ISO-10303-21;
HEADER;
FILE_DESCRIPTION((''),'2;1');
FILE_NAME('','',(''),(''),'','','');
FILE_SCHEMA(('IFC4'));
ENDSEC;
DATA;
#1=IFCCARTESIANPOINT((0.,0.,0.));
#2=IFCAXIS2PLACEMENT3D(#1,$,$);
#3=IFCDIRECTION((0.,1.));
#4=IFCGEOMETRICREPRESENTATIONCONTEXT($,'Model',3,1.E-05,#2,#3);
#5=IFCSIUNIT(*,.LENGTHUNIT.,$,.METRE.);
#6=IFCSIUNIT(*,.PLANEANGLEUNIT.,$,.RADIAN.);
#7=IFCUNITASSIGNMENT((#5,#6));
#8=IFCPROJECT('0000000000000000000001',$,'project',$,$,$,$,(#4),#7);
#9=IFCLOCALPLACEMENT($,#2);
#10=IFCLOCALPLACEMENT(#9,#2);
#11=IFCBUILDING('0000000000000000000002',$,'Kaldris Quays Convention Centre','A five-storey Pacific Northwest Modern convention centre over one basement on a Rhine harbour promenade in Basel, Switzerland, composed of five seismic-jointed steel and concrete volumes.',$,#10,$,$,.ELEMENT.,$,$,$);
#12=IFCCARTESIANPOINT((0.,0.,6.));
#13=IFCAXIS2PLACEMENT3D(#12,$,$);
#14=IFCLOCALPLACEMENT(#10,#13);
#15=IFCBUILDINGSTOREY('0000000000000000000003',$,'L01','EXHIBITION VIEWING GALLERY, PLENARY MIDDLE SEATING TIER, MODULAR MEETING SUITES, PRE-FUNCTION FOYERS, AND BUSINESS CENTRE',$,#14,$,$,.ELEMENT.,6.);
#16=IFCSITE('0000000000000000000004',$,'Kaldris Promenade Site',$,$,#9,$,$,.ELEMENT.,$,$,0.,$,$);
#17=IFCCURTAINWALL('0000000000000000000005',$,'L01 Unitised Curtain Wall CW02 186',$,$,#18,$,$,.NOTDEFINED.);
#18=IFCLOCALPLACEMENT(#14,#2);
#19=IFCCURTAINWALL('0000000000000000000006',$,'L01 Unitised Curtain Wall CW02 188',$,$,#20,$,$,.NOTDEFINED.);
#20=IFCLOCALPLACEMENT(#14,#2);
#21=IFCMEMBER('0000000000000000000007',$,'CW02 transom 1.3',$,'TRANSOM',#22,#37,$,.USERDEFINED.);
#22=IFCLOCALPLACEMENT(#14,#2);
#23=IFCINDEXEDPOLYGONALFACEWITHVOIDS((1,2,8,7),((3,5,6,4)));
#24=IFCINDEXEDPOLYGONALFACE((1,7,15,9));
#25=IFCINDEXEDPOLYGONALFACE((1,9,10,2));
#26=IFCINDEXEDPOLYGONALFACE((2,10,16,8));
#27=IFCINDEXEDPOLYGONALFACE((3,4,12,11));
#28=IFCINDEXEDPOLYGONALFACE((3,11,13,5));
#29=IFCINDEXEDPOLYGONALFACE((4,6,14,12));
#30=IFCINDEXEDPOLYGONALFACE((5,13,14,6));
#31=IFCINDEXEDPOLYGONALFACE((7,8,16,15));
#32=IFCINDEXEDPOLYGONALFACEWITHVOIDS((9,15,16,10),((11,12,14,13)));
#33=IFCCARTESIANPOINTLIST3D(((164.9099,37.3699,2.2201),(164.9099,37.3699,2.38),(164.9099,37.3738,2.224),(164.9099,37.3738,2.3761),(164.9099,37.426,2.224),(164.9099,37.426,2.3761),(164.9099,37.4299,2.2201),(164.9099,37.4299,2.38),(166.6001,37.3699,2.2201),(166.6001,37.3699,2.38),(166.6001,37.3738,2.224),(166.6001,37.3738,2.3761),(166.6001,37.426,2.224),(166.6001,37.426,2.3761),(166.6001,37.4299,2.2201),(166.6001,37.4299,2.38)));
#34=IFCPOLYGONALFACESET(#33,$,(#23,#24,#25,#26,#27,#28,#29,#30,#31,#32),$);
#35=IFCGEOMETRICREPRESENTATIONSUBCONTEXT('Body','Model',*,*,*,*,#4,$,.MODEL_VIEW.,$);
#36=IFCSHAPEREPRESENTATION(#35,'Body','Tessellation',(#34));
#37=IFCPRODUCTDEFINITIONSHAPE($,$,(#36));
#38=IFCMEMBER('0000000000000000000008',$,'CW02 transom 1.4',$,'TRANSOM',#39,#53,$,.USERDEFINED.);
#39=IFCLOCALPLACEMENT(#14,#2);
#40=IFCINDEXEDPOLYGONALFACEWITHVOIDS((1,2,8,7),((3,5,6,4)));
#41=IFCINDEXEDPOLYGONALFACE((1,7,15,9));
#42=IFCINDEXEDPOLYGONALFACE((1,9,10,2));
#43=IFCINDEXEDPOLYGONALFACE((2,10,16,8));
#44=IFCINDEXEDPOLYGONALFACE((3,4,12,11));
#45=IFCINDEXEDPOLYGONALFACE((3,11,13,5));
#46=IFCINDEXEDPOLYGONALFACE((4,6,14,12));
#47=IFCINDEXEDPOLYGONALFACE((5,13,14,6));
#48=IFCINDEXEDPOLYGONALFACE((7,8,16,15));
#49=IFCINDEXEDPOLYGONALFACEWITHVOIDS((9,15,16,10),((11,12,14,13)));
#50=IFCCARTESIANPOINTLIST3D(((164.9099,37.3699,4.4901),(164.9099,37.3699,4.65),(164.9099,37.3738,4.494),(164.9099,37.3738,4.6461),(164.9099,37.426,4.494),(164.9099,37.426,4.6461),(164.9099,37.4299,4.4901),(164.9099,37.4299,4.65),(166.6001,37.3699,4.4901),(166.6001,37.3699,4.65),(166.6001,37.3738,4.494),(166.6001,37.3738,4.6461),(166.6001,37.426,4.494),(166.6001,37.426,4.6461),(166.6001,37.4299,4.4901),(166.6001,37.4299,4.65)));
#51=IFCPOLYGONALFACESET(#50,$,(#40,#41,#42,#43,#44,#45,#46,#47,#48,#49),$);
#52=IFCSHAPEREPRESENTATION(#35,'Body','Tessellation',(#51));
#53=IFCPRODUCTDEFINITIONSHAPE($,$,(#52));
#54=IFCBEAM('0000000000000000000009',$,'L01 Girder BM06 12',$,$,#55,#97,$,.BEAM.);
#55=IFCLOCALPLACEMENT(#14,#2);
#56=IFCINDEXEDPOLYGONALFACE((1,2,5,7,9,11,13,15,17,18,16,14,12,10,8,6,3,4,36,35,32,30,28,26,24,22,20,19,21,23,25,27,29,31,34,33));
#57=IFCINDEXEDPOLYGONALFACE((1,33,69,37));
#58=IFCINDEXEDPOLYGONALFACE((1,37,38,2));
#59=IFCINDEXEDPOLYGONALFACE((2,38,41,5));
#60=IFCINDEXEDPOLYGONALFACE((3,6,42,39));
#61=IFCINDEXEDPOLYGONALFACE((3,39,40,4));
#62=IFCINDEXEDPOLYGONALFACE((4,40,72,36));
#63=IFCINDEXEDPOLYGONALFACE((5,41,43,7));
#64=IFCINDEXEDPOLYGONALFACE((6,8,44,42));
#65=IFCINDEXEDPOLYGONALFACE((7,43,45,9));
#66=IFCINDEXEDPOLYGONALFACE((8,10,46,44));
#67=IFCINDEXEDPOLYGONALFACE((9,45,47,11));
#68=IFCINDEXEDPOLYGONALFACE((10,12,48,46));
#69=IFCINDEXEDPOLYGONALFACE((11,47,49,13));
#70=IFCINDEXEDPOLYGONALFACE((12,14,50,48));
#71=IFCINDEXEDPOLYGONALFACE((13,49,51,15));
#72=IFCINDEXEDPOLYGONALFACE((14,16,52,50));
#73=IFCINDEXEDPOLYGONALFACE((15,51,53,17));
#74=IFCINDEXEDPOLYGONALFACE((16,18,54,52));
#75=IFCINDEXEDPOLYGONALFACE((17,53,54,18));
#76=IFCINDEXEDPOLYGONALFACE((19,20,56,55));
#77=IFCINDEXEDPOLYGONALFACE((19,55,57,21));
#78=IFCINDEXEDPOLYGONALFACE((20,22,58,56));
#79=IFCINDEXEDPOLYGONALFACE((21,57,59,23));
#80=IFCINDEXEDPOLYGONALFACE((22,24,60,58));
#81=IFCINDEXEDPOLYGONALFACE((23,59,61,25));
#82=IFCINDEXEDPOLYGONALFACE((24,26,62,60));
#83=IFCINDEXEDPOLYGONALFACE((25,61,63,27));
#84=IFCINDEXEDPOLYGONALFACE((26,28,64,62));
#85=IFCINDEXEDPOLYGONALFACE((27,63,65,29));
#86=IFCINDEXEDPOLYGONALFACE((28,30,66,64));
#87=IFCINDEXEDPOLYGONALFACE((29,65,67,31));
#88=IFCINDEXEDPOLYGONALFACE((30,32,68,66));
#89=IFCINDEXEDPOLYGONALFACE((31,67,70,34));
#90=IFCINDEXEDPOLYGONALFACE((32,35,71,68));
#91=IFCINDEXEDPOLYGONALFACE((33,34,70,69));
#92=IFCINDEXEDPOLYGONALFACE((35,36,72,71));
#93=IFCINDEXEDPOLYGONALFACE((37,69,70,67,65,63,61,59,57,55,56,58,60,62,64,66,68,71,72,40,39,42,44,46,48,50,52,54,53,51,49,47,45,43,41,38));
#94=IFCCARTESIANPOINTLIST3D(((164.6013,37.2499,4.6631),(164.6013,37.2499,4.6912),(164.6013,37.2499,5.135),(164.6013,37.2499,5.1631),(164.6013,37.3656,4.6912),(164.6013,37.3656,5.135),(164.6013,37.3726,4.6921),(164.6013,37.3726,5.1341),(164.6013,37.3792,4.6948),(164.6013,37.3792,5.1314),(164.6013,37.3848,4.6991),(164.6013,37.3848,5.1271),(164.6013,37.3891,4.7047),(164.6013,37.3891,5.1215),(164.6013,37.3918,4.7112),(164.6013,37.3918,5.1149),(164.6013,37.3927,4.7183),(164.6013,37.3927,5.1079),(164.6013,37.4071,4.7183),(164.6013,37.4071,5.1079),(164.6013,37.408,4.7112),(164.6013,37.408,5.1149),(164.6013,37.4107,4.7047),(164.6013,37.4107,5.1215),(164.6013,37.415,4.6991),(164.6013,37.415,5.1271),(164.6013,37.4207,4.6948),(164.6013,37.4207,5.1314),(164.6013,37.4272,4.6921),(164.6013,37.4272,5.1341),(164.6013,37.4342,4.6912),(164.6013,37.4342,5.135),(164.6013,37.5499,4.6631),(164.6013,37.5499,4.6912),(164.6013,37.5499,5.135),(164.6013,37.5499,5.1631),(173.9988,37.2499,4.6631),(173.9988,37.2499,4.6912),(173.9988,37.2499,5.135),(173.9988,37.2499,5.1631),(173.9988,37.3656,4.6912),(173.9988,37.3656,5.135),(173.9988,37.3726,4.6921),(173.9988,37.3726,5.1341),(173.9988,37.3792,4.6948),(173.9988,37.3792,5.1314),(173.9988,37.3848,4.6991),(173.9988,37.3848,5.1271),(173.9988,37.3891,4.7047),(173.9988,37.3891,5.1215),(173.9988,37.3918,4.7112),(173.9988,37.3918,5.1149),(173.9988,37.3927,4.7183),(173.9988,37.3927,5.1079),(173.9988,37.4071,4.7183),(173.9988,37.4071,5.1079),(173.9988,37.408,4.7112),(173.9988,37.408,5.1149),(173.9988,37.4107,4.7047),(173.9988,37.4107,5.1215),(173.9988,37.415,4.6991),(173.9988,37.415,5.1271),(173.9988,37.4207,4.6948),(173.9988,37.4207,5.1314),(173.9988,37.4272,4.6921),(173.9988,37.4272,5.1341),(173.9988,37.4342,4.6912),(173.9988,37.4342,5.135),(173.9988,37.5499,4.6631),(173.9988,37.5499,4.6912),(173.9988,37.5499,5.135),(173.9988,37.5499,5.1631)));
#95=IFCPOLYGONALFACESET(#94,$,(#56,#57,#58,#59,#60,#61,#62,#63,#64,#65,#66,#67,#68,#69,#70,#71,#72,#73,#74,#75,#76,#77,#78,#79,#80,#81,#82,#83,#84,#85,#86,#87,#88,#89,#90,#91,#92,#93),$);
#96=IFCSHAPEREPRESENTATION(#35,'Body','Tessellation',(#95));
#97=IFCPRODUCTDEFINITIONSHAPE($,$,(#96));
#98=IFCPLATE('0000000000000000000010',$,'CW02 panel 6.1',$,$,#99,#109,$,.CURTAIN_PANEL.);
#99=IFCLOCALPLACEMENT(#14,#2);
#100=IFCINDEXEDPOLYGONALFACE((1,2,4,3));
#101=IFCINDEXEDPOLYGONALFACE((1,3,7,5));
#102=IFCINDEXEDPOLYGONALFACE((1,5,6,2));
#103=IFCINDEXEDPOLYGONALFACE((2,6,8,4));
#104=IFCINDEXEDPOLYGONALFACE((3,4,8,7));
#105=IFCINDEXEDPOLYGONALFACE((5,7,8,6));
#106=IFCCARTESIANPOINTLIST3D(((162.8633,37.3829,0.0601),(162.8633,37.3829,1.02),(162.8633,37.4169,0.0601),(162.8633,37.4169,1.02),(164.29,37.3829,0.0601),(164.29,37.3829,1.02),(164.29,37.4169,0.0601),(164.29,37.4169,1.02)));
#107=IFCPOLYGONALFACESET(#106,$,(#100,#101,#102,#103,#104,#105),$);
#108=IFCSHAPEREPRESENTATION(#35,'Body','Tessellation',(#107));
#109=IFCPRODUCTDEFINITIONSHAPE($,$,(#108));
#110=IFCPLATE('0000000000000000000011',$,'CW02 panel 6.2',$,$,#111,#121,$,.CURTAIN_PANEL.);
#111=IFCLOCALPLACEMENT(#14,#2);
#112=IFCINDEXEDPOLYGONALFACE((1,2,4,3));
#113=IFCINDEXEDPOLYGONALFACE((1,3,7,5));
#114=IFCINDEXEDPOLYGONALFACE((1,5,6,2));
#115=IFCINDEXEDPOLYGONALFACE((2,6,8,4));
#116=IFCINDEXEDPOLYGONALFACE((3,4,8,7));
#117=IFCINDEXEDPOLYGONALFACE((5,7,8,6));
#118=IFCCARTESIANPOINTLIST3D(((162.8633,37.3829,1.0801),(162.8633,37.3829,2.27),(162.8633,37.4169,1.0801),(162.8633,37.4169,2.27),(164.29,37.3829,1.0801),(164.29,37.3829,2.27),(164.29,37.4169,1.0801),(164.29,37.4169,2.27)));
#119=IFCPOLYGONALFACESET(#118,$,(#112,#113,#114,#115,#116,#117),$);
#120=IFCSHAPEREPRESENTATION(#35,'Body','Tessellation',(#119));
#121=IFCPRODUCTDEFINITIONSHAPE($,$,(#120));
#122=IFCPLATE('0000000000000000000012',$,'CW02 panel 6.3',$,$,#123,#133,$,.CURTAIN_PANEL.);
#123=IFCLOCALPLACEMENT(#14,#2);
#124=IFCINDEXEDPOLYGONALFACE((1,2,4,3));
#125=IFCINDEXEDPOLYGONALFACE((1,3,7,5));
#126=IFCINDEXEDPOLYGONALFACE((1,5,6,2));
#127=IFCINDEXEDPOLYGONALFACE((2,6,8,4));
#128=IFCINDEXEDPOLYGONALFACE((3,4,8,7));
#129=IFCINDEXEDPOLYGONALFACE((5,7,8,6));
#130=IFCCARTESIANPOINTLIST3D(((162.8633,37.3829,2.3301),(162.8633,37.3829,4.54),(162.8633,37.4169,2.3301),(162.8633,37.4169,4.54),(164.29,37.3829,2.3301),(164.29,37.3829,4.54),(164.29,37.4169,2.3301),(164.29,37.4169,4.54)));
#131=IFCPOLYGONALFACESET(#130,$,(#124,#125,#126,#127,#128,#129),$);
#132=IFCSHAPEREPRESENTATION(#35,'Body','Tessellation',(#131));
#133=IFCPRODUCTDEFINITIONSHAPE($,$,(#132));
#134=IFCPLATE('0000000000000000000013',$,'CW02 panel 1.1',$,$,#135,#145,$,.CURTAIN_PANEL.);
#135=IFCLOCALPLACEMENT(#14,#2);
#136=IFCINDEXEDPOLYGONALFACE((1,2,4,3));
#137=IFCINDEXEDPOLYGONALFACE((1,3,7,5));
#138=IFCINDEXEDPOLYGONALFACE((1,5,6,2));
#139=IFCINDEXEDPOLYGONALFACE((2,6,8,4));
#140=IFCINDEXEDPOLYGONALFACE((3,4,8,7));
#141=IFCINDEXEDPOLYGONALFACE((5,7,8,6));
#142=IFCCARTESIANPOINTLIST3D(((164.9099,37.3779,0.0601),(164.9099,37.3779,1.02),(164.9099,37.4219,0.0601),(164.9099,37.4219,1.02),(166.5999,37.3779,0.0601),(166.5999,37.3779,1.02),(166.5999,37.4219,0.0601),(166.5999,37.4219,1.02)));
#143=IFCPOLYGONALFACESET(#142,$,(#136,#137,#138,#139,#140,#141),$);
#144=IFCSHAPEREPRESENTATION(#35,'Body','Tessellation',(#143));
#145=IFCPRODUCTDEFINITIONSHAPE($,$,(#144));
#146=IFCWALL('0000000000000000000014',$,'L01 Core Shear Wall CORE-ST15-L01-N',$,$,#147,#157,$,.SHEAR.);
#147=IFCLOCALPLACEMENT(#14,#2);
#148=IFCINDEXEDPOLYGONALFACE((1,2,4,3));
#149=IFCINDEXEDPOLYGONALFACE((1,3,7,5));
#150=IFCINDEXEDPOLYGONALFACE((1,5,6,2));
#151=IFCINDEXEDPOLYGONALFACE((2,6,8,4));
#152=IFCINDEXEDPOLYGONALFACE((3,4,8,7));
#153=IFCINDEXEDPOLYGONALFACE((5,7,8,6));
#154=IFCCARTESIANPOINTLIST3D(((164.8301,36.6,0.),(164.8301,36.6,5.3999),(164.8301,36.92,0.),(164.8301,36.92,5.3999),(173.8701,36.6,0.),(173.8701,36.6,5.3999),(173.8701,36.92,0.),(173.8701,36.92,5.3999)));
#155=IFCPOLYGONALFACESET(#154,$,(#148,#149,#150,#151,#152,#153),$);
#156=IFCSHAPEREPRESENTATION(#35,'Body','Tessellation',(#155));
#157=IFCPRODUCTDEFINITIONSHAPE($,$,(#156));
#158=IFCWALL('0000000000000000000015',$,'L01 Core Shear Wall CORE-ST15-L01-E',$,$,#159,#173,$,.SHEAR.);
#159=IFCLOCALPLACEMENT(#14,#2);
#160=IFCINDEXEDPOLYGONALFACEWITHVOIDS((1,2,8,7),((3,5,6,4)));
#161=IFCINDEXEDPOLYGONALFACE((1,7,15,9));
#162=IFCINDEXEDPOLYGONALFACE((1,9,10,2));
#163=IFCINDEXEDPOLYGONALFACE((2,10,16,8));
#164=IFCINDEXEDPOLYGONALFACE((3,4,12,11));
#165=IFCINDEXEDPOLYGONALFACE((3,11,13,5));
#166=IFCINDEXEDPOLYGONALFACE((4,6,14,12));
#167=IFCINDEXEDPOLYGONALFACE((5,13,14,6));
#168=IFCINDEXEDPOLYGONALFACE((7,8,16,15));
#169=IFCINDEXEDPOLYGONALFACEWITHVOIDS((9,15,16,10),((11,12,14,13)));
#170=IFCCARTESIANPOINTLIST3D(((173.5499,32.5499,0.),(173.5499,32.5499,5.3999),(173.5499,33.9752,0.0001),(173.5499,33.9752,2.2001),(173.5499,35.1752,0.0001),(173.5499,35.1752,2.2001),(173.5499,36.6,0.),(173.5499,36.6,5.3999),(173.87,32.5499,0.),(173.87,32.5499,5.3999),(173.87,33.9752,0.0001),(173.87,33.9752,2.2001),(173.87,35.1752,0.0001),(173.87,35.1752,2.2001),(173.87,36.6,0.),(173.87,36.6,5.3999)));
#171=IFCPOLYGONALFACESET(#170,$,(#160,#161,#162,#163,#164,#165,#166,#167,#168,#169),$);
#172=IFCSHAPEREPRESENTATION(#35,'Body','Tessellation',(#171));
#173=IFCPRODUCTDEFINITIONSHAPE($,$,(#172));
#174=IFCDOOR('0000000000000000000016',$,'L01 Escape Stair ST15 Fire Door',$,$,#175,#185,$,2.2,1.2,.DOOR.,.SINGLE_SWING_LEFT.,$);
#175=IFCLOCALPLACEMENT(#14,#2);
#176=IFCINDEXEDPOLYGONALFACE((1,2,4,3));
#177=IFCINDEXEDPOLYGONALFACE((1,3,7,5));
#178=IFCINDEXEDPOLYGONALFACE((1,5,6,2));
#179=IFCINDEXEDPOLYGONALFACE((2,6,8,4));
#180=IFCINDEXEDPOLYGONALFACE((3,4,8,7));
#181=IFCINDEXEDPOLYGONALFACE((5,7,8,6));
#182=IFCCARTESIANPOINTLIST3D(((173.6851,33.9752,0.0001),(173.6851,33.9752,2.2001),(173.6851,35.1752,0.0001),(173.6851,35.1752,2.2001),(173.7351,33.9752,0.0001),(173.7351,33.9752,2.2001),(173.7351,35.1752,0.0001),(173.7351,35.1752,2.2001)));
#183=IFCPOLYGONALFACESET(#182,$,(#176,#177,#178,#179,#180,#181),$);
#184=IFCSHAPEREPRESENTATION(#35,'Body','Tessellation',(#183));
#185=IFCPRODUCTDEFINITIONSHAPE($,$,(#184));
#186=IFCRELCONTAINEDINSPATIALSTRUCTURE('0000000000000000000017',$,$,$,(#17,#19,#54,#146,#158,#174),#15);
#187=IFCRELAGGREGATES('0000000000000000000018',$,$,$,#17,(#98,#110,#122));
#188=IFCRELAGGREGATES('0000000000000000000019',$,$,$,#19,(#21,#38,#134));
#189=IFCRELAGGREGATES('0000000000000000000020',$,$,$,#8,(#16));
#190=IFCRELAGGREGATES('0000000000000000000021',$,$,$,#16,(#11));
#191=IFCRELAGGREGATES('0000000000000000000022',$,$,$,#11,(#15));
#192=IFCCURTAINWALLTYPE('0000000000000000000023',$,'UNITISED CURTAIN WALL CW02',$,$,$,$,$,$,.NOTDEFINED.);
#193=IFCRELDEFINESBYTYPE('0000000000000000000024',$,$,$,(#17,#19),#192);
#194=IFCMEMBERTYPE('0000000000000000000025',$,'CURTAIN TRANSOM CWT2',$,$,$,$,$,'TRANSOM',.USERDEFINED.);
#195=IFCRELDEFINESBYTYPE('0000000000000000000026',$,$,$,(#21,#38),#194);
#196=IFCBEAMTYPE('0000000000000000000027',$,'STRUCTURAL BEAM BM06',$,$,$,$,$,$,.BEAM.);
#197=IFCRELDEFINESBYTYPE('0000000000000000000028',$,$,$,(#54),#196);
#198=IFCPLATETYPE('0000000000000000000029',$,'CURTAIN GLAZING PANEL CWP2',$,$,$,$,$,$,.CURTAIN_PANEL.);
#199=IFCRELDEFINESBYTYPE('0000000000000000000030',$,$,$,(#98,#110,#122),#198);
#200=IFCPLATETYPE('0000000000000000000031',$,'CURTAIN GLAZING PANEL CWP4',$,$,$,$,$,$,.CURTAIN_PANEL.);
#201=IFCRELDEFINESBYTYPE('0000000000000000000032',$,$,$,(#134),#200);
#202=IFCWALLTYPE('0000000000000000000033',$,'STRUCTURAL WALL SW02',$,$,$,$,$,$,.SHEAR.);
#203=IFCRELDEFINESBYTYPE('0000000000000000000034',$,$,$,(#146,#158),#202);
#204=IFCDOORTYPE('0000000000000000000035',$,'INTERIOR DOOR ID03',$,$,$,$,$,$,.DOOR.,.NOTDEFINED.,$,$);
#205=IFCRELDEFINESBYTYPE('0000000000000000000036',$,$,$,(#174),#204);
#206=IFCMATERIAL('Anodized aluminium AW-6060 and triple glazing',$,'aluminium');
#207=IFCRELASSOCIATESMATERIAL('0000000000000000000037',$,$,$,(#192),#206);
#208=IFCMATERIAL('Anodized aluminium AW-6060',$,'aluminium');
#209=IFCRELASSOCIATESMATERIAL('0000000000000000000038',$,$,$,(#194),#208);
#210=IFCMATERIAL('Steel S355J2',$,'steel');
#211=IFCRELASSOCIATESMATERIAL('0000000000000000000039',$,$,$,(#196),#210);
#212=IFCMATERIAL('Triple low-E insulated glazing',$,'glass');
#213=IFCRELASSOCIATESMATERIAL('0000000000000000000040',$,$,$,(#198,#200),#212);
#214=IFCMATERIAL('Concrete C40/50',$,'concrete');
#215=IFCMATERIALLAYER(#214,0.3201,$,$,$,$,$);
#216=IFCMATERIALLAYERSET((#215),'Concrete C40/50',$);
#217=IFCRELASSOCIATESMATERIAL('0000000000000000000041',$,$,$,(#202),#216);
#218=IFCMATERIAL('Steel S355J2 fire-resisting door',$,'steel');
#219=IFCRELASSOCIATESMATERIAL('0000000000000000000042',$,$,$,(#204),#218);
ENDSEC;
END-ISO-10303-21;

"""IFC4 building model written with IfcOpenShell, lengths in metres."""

from ifc_helpers import new_model, si_unit, direction, frame, frame_2d, origin, origin_2d, place, context, subcontext, project, spatial, rectangle, hollow_rectangle, i_section, extrude, material, layer, layer_set, material_profile, profile_set, type_object, element, fill, aggregate, save


model = new_model("IFC4")

# Units and contexts
model_context = context("Model", 3, precision=1e-05, world=origin(), true_north=direction((0.0, 1.0)))
body_context = subcontext(model_context, "Body", "Model", "MODEL_VIEW")
ifc_project = project(units=[si_unit("LENGTHUNIT", "METRE"), si_unit("PLANEANGLEUNIT", "RADIAN")], contexts=[model_context])

# Site, building, storey
site_placement = place(None, origin())
site = spatial("IfcSite", under=ifc_project, at=site_placement, Name="Kaldris Promenade Site", CompositionType="ELEMENT", RefElevation=0.0)
building_placement = place(site_placement, origin())
building = spatial("IfcBuilding", under=site, at=building_placement, Name="Kaldris Quays Convention Centre", Description="A five-storey Pacific Northwest Modern convention centre over one basement on a Rhine harbour promenade in Basel, Switzerland, composed of five seismic-jointed steel and concrete volumes.", CompositionType="ELEMENT")
storey_placement = place(building_placement, frame((0.0, 0.0, 6.0)))
storey = spatial("IfcBuildingStorey", under=building, at=storey_placement, Name="L01", Description="EXHIBITION VIEWING GALLERY, PLENARY MIDDLE SEATING TIER, MODULAR MEETING SUITES, PRE-FUNCTION FOYERS, AND BUSINESS CENTRE", CompositionType="ELEMENT", Elevation=6.0)

# Shared definitions
ifc_material_1 = material(Name="Steel S355J2", Category="steel")

# Curtain walls
ifc_material_2 = material(Name="Anodized aluminium AW-6060 and triple glazing", Category="aluminium")
curtain_wall_type = type_object("IfcCurtainWallType", Name="UNITISED CURTAIN WALL CW02", PredefinedType="NOTDEFINED", material=ifc_material_2)
curtain_wall_1_placement = place(storey_placement, origin())
curtain_wall_1 = element("IfcCurtainWall", 1, at=curtain_wall_1_placement, inside=storey, type_object=curtain_wall_type, Name="L01 Unitised Curtain Wall CW02 186", PredefinedType="NOTDEFINED")
ifc_material_3 = material(Name="Anodized aluminium AW-6060", Category="aluminium")
curtain_wall_2_placement = place(storey_placement, origin())
curtain_wall_2 = element("IfcCurtainWall", 2, at=curtain_wall_2_placement, inside=storey, type_object=curtain_wall_type, Name="L01 Unitised Curtain Wall CW02 188", PredefinedType="NOTDEFINED")

# Members
ifc_material_profile_1 = material_profile(ifc_material_3, hollow_rectangle(XDim=0.0601, YDim=0.1599, WallThickness=0.0039, at=origin_2d()), Name="RHS 160x60x4")
ifc_profile_set_1 = profile_set([ifc_material_profile_1], Name="Anodized aluminium AW-6060")
member_type_1 = type_object("IfcMemberType", Name="CURTAIN TRANSOM CWT2", ElementType="TRANSOM", PredefinedType="USERDEFINED", material=ifc_profile_set_1)
member_1_placement = place(storey_placement, frame((164.9099, 37.3999, 2.3), z_axis=(1.0, 0.0, 0.0), x_axis=(0.0, 1.0, 0.0)))
member_1 = element("IfcMember", 3, at=member_1_placement, type_object=member_type_1, Name="CW02 transom 1.3", ObjectType="TRANSOM", PredefinedType="USERDEFINED", context=body_context, shape_type="SweptSolid", body=[
    extrude(hollow_rectangle(XDim=0.0601, YDim=0.1599, WallThickness=0.0039, at=origin_2d()), origin(), (0.0, 0.0, 1.0), 1.6902),
])
member_2_placement = place(storey_placement, frame((164.9099, 37.3999, 4.5701), z_axis=(1.0, 0.0, 0.0), x_axis=(0.0, 1.0, 0.0)))
member_2 = element("IfcMember", 4, at=member_2_placement, type_object=member_type_1, Name="CW02 transom 1.4", ObjectType="TRANSOM", PredefinedType="USERDEFINED", context=body_context, shape_type="SweptSolid", body=[
    extrude(hollow_rectangle(XDim=0.0601, YDim=0.1599, WallThickness=0.0039, at=origin_2d()), origin(), (0.0, 0.0, 1.0), 1.6902),
])

# Beam
ifc_material_profile_2 = material_profile(ifc_material_1, i_section(OverallWidth=0.3, OverallDepth=0.5, WebThickness=0.0144, FlangeThickness=0.0281, FilletRadius=0.0271, at=origin_2d()), Name="HEB 500")
ifc_profile_set_2 = profile_set([ifc_material_profile_2], Name="Steel S355J2")
beam_type = type_object("IfcBeamType", Name="STRUCTURAL BEAM BM06", PredefinedType="BEAM", material=ifc_profile_set_2)
beam_placement = place(storey_placement, frame((164.6013, 37.3999, 4.9131), z_axis=(1.0, 0.0, 0.0), x_axis=(0.0, 1.0, 0.0)))
element("IfcBeam", 5, at=beam_placement, inside=storey, type_object=beam_type, Name="L01 Girder BM06 12", PredefinedType="BEAM", context=body_context, shape_type="SweptSolid", body=[
    extrude(i_section(OverallWidth=0.3, OverallDepth=0.5, WebThickness=0.0144, FlangeThickness=0.0281, FilletRadius=0.0271, at=origin_2d()), origin(), (0.0, 0.0, 1.0), 9.3975),
])

# Plates
ifc_material_4 = material(Name="Triple low-E insulated glazing", Category="glass")
plate_type_1 = type_object("IfcPlateType", Name="CURTAIN GLAZING PANEL CWP2", PredefinedType="CURTAIN_PANEL", material=ifc_material_4)
plate_1_placement = place(storey_placement, frame((163.5767, 37.3999, 0.0601), z_axis=(0.0, 0.0, 1.0), x_axis=(1.0, 0.0, 0.0)))
plate_1 = element("IfcPlate", 6, at=plate_1_placement, type_object=plate_type_1, Name="CW02 panel 6.1", PredefinedType="CURTAIN_PANEL", context=body_context, shape_type="SweptSolid", body=[
    extrude(rectangle(XDim=1.4268, YDim=0.0339, at=origin_2d()), origin(), (0.0, 0.0, 1.0), 0.96),
])
plate_2_placement = place(storey_placement, frame((163.5767, 37.3999, 1.0801), z_axis=(0.0, 0.0, 1.0), x_axis=(1.0, 0.0, 0.0)))
plate_2 = element("IfcPlate", 7, at=plate_2_placement, type_object=plate_type_1, Name="CW02 panel 6.2", PredefinedType="CURTAIN_PANEL", context=body_context, shape_type="SweptSolid", body=[
    extrude(rectangle(XDim=1.4268, YDim=0.0339, at=origin_2d()), origin(), (0.0, 0.0, 1.0), 1.1899),
])
plate_3_placement = place(storey_placement, frame((163.5767, 37.3999, 2.3301), z_axis=(0.0, 0.0, 1.0), x_axis=(1.0, 0.0, 0.0)))
plate_3 = element("IfcPlate", 8, at=plate_3_placement, type_object=plate_type_1, Name="CW02 panel 6.3", PredefinedType="CURTAIN_PANEL", context=body_context, shape_type="SweptSolid", body=[
    extrude(rectangle(XDim=1.4268, YDim=0.0339, at=origin_2d()), origin(), (0.0, 0.0, 1.0), 2.21),
])
aggregate(curtain_wall_1, [plate_1, plate_2, plate_3])
plate_type_2 = type_object("IfcPlateType", Name="CURTAIN GLAZING PANEL CWP4", PredefinedType="CURTAIN_PANEL", material=ifc_material_4)
plate_4_placement = place(storey_placement, frame((165.7549, 37.3999, 0.0601), z_axis=(0.0, 0.0, 1.0), x_axis=(1.0, 0.0, 0.0)))
plate_4 = element("IfcPlate", 9, at=plate_4_placement, type_object=plate_type_2, Name="CW02 panel 1.1", PredefinedType="CURTAIN_PANEL", context=body_context, shape_type="SweptSolid", body=[
    extrude(rectangle(XDim=1.6899, YDim=0.0439, at=origin_2d()), origin(), (0.0, 0.0, 1.0), 0.96),
])
aggregate(curtain_wall_2, [member_1, member_2, plate_4])

# Wall
ifc_material_5 = material(Name="Concrete C40/50", Category="concrete")
ifc_layer = layer(ifc_material_5, 0.3201)
ifc_layer_set = layer_set([ifc_layer], Name="Concrete C40/50")
wall_type = type_object("IfcWallType", Name="STRUCTURAL WALL SW02", PredefinedType="SHEAR", material=ifc_layer_set)
wall_1_placement = place(storey_placement, frame((164.8301, 36.76, 0.0), z_axis=(0.0, 0.0, 1.0), x_axis=(1.0, 0.0, 0.0)))
element("IfcWall", 10, at=wall_1_placement, inside=storey, type_object=wall_type, Name="L01 Core Shear Wall CORE-ST15-L01-N", PredefinedType="SHEAR", context=body_context, shape_type="SweptSolid", body=[
    extrude(rectangle(XDim=9.04, YDim=0.3201, at=frame_2d((4.52, 0.0))), origin(), (0.0, 0.0, 1.0), 5.3999),
])

# Wall, opening, door
wall_2_placement = place(storey_placement, frame((173.71, 32.55, 0.0), z_axis=(0.0, 0.0, 1.0), x_axis=(0.0, 1.0, 0.0)))
wall_2 = element("IfcWall", 11, at=wall_2_placement, inside=storey, type_object=wall_type, Name="L01 Core Shear Wall CORE-ST15-L01-E", PredefinedType="SHEAR", context=body_context, shape_type="SweptSolid", body=[
    extrude(rectangle(XDim=4.05, YDim=0.3201, at=frame_2d((2.0249, 0.0))), origin(), (0.0, 0.0, 1.0), 5.3999),
])
opening_placement = place(wall_2_placement, frame((1.425, 0.0, 0.0)))
opening = element("IfcOpeningElement", 12, at=opening_placement, cuts=wall_2, PredefinedType="OPENING", context=body_context, shape_type="SweptSolid", body=[
    extrude(rectangle(XDim=1.2, YDim=2.2, at=frame_2d((0.6001, 1.1001))), frame((0.0, 0.1699, 0.0), z_axis=(0.0, -1.0, 0.0), x_axis=(1.0, 0.0, 0.0)), (0.0, 0.0, 1.0), 0.3401),
])
ifc_material_6 = material(Name="Steel S355J2 fire-resisting door", Category="steel")
door_type = type_object("IfcDoorType", Name="INTERIOR DOOR ID03", OperationType="NOTDEFINED", PredefinedType="DOOR", material=ifc_material_6)
door_placement = place(opening_placement, origin())
door = element("IfcDoor", 13, at=door_placement, inside=storey, type_object=door_type, Name="L01 Escape Stair ST15 Fire Door", OperationType="SINGLE_SWING_LEFT", OverallHeight=2.2, OverallWidth=1.2, PredefinedType="DOOR", context=body_context, shape_type="SweptSolid", body=[
    extrude(rectangle(XDim=1.2, YDim=2.2, at=frame_2d((0.6001, 1.1001))), frame((0.0, 0.0249, 0.0), z_axis=(0.0, -1.0, 0.0), x_axis=(1.0, 0.0, 0.0)), (0.0, 0.0, 1.0), 0.05),
])
fill(opening, door)

save(model, "model.ifc")
